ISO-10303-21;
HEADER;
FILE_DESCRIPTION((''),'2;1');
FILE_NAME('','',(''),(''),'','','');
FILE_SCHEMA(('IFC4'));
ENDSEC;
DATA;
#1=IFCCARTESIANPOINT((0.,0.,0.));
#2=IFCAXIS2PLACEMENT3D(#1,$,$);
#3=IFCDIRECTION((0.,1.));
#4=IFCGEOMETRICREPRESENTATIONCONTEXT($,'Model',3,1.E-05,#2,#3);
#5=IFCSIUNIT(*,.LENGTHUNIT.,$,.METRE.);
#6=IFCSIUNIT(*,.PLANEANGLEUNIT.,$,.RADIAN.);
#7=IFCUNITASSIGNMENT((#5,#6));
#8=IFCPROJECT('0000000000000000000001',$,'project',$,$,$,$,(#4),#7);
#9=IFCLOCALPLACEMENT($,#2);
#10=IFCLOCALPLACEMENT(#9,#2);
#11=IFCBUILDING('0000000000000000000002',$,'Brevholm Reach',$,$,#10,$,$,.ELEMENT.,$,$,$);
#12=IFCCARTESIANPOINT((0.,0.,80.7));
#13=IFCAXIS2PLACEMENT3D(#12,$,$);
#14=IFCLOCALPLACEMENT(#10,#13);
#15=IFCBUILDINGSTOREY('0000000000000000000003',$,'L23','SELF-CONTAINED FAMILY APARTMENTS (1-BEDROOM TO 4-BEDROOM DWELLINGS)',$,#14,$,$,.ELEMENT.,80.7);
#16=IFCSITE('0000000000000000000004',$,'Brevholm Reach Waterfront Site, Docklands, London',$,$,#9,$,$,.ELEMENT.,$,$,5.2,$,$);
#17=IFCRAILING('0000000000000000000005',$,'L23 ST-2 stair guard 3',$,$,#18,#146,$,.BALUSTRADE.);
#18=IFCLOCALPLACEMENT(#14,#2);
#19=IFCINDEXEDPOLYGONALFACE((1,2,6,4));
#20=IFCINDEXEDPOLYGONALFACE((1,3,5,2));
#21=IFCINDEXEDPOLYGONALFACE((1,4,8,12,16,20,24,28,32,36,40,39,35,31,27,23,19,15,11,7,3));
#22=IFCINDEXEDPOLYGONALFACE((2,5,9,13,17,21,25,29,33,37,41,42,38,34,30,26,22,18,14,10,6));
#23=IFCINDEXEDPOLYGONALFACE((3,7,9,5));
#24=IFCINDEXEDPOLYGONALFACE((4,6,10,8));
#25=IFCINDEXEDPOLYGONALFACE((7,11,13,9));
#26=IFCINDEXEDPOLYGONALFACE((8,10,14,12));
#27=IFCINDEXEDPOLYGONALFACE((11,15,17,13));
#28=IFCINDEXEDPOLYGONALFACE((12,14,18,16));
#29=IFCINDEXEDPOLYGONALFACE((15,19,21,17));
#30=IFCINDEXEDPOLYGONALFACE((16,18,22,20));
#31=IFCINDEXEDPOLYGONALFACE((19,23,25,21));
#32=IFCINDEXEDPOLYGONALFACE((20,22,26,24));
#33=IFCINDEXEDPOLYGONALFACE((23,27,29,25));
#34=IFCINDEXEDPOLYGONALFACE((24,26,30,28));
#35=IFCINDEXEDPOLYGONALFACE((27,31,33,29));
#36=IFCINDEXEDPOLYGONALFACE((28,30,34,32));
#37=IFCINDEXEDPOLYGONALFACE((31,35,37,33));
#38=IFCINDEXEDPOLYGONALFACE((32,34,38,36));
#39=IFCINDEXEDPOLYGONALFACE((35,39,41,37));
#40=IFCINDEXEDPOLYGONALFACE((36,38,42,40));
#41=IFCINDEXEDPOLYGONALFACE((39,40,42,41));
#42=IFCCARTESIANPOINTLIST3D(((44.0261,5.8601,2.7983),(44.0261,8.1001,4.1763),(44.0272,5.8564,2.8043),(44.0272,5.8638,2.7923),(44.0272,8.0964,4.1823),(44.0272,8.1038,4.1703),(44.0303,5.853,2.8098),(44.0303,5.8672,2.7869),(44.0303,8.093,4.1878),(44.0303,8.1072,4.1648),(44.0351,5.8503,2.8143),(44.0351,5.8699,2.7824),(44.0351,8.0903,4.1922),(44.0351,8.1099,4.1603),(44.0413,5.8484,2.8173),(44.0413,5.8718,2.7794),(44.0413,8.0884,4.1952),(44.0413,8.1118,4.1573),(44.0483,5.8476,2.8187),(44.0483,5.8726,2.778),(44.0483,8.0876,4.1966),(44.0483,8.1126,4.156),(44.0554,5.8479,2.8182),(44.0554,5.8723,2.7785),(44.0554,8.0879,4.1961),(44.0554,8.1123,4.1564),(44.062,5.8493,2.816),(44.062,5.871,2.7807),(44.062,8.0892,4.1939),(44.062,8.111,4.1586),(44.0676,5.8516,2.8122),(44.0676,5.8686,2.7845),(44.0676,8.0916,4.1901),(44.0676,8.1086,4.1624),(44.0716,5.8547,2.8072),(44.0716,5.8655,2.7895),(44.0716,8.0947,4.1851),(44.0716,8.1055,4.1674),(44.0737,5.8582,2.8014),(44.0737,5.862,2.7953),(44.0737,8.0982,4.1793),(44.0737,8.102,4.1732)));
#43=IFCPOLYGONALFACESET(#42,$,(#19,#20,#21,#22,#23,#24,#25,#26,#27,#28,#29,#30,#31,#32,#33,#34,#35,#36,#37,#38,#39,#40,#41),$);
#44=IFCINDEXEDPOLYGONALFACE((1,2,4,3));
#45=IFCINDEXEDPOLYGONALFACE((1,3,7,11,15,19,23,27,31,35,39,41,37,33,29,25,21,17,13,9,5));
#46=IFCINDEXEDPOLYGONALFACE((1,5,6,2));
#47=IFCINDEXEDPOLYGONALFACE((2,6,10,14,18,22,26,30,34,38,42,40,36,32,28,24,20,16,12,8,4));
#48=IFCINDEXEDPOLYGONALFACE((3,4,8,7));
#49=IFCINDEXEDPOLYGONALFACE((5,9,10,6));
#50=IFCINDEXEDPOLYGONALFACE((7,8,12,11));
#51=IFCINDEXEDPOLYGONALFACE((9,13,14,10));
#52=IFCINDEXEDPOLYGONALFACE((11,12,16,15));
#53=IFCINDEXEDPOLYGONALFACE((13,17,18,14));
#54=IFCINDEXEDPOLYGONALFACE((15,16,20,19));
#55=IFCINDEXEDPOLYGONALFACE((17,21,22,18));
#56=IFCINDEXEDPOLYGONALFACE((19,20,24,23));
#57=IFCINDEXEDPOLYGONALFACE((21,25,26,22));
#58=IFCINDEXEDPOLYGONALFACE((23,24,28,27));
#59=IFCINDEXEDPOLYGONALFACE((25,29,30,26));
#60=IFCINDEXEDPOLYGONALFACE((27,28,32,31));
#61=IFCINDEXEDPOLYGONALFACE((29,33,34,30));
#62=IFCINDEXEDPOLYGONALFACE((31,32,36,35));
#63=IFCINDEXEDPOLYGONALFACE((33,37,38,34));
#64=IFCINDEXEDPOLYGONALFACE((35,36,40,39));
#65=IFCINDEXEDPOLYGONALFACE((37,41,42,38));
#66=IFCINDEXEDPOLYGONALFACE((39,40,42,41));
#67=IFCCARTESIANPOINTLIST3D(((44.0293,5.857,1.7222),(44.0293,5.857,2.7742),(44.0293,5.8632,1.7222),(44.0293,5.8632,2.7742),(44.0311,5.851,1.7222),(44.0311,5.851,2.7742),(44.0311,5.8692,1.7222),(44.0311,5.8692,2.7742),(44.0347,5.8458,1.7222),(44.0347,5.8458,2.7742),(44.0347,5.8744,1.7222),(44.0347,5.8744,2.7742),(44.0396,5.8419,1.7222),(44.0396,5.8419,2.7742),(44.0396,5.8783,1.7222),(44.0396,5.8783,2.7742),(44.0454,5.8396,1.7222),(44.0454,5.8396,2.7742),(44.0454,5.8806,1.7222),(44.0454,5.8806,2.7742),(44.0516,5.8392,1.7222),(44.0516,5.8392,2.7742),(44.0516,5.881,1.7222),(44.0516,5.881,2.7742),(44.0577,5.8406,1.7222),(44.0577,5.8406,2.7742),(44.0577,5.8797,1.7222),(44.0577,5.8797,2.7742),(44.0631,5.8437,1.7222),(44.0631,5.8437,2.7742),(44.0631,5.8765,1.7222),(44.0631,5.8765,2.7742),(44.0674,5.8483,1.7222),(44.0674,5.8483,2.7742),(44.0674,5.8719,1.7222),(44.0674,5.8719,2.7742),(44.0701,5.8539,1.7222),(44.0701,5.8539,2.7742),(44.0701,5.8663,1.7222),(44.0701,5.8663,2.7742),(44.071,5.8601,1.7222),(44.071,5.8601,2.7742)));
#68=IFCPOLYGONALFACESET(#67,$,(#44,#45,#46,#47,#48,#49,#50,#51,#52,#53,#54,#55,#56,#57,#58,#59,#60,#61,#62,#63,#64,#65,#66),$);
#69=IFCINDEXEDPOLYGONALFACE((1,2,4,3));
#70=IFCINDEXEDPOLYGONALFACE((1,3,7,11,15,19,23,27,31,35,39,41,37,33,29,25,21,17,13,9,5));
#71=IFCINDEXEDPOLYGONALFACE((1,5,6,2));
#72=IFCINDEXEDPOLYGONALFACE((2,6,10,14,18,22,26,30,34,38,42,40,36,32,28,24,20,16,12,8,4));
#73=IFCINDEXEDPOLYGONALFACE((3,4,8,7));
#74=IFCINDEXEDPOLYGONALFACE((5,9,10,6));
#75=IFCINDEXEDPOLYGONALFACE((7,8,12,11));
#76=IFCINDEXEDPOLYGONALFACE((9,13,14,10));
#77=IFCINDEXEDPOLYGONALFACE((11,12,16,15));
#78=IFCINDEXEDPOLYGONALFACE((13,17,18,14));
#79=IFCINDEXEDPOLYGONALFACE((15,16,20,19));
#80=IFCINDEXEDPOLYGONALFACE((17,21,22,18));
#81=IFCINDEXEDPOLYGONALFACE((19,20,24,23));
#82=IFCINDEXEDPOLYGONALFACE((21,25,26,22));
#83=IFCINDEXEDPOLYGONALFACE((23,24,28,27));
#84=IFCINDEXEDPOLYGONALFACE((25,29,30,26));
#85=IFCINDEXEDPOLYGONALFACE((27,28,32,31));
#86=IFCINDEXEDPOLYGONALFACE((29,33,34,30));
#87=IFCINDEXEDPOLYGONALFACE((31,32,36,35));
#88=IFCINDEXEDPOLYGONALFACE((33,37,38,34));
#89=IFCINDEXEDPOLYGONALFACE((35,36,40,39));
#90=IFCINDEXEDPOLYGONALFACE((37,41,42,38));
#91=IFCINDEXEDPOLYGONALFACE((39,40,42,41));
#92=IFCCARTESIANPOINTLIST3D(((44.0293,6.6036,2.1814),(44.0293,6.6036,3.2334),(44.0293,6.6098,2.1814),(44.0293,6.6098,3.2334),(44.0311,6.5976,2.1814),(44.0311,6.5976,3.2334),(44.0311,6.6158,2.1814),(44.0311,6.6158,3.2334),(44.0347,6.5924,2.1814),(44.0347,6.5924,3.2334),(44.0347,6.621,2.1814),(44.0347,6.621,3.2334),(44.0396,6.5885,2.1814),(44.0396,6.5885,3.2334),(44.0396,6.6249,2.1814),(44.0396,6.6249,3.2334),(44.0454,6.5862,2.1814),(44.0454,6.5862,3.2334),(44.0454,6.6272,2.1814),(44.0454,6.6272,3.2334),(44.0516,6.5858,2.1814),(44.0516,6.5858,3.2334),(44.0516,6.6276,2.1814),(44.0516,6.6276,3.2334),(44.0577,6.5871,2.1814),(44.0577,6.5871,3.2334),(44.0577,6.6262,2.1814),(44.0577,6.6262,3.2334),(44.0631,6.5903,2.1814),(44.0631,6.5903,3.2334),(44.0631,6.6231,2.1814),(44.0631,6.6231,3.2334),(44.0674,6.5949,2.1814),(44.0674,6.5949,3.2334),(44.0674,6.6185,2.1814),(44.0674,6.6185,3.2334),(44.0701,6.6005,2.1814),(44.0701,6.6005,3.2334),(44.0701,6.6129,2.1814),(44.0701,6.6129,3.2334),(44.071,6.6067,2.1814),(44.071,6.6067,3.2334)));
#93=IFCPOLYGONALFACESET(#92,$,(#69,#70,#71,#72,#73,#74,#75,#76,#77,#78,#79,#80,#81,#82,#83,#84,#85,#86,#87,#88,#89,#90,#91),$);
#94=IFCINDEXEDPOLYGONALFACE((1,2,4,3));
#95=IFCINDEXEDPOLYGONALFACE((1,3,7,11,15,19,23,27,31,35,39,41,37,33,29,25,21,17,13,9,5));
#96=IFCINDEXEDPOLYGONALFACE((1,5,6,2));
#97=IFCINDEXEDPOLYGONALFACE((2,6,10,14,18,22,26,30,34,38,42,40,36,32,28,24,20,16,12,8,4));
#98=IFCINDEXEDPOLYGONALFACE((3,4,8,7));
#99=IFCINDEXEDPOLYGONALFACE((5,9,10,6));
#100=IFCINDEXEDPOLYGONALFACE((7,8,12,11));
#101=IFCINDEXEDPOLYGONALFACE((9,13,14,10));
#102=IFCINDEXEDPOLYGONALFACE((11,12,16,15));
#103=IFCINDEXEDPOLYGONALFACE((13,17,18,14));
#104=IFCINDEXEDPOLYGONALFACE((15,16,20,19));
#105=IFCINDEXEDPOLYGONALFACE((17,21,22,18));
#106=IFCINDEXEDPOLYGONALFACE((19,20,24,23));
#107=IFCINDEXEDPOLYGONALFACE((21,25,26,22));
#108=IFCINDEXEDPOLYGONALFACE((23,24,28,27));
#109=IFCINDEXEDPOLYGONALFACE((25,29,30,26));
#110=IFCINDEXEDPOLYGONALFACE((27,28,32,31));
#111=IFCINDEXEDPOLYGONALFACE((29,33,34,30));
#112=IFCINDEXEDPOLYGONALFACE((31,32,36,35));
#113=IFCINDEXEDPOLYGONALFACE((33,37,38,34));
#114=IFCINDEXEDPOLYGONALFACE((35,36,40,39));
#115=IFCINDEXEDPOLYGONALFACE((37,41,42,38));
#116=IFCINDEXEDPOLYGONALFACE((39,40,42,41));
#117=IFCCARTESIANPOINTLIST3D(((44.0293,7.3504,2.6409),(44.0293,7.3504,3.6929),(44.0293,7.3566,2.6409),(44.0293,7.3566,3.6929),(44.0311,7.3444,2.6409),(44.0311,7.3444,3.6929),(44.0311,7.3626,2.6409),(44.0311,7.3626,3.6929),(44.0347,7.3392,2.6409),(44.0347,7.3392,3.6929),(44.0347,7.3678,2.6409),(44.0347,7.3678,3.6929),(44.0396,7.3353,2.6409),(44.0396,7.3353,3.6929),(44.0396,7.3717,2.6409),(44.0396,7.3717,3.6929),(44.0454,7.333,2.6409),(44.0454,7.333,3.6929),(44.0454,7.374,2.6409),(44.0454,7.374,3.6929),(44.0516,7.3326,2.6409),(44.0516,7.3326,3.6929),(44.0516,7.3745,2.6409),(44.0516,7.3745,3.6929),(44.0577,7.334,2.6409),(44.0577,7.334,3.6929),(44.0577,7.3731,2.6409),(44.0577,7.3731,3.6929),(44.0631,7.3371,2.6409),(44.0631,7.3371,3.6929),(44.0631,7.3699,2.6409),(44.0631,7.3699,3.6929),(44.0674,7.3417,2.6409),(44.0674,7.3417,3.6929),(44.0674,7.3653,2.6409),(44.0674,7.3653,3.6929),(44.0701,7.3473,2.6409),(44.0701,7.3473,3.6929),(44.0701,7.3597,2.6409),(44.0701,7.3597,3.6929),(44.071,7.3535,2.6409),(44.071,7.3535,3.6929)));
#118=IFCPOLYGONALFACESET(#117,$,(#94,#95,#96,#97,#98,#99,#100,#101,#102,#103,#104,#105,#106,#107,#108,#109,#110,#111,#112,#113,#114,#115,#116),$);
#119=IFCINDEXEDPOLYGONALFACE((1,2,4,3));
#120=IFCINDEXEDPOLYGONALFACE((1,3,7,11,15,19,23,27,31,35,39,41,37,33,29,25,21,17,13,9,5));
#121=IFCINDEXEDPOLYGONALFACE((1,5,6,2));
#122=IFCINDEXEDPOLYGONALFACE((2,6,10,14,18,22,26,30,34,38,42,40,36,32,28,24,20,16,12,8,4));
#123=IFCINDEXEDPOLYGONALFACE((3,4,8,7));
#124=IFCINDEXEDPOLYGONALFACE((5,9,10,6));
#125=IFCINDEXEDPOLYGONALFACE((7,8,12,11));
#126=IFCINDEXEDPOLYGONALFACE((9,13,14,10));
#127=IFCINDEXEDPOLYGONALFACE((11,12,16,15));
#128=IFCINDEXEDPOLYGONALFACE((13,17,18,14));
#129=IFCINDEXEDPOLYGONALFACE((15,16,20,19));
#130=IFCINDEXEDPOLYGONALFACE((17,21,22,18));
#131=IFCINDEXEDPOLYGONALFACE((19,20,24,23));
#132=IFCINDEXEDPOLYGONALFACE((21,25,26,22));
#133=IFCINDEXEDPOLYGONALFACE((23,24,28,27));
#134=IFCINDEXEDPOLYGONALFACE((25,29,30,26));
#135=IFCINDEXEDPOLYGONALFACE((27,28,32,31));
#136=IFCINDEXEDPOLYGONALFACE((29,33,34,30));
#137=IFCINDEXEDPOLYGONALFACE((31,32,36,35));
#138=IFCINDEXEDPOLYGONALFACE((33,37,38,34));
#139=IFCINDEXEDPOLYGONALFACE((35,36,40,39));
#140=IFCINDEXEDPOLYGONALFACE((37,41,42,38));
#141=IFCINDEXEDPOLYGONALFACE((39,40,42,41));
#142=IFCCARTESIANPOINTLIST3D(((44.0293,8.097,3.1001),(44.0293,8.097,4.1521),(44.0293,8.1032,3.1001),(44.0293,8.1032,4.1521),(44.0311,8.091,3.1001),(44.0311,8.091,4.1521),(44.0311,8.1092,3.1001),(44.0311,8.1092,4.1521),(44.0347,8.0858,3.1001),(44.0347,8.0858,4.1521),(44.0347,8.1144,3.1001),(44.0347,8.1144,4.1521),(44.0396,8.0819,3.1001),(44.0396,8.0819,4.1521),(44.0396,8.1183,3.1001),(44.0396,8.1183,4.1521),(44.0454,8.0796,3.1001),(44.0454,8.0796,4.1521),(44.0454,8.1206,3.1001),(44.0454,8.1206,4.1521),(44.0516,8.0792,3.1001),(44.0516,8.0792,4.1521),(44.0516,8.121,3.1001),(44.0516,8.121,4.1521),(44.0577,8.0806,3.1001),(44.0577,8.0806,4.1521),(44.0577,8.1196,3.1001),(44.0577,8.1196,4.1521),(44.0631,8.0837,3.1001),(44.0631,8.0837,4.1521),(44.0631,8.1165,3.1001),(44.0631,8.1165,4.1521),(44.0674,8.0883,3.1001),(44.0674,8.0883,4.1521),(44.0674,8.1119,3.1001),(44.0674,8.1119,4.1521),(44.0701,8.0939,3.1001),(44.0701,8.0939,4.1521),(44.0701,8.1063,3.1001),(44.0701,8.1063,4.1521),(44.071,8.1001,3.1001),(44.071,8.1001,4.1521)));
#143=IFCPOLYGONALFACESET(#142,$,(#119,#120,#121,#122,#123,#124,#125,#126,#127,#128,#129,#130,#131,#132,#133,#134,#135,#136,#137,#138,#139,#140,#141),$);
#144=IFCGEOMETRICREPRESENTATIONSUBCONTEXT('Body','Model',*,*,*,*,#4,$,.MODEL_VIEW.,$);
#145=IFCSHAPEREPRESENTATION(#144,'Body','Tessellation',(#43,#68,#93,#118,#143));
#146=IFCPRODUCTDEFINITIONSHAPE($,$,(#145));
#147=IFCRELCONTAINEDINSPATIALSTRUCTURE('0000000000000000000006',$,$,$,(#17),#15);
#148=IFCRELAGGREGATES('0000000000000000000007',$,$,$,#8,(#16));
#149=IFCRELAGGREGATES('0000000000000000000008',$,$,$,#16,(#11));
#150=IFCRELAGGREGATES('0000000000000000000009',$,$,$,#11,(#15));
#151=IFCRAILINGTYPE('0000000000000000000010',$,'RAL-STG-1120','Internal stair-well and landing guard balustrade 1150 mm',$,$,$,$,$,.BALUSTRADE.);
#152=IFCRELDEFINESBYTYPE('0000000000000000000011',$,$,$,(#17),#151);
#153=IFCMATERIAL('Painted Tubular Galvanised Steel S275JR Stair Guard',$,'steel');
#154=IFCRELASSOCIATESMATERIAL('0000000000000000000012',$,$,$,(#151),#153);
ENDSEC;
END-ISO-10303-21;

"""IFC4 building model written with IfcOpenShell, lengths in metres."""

from ifc_helpers import new_model, si_unit, direction, frame, origin, origin_2d, place, context, subcontext, project, spatial, circle, extrude, material, type_object, element, save


model = new_model("IFC4")

# Units and contexts
model_context = context("Model", 3, precision=1e-05, world=origin(), true_north=direction((0.0, 1.0)))
body_context = subcontext(model_context, "Body", "Model", "MODEL_VIEW")
ifc_project = project(units=[si_unit("LENGTHUNIT", "METRE"), si_unit("PLANEANGLEUNIT", "RADIAN")], contexts=[model_context])

# Site, building, storey
site_placement = place(None, origin())
site = spatial("IfcSite", under=ifc_project, at=site_placement, Name="Brevholm Reach Waterfront Site, Docklands, London", CompositionType="ELEMENT", RefElevation=5.2)
building_placement = place(site_placement, origin())
building = spatial("IfcBuilding", under=site, at=building_placement, Name="Brevholm Reach", CompositionType="ELEMENT")
storey_placement = place(building_placement, frame((0.0, 0.0, 80.7)))
storey = spatial("IfcBuildingStorey", under=building, at=storey_placement, Name="L23", Description="SELF-CONTAINED FAMILY APARTMENTS (1-BEDROOM TO 4-BEDROOM DWELLINGS)", CompositionType="ELEMENT", Elevation=80.7)

# Railing
ifc_material_1 = material(Name="Painted Tubular Galvanised Steel S275JR Stair Guard", Category="steel")
railing_type_1 = type_object("IfcRailingType", Name="RAL-STG-1120", Description="Internal stair-well and landing guard balustrade 1150 mm", PredefinedType="BALUSTRADE", material=ifc_material_1)
railing_1_placement = place(storey_placement, frame((44.05, 5.8601, 1.7222)))
element("IfcRailing", 1, at=railing_1_placement, inside=storey, type_object=railing_type_1, Name="L23 ST-2 stair guard 3", PredefinedType="BALUSTRADE", context=body_context, shape_type="SweptSolid", body=[
    extrude(circle(Radius=0.0239, at=origin_2d()), frame((0.0, 0.0, 1.0762), z_axis=(0.0, 0.851748, 0.523952), x_axis=(-1.0, 0.0, 0.0)), (0.0, 0.0, 1.0), 2.6299),
    extrude(circle(Radius=0.021, at=origin_2d()), origin(), (0.0, 0.0, 1.0), 1.052),
    extrude(circle(Radius=0.021, at=origin_2d()), frame((0.0, 0.7466, 0.4592)), (0.0, 0.0, 1.0), 1.052),
    extrude(circle(Radius=0.021, at=origin_2d()), frame((0.0, 1.4934, 0.9187)), (0.0, 0.0, 1.0), 1.052),
    extrude(circle(Radius=0.021, at=origin_2d()), frame((0.0, 2.24, 1.3779)), (0.0, 0.0, 1.0), 1.052),
])

save(model, "model.ifc")
